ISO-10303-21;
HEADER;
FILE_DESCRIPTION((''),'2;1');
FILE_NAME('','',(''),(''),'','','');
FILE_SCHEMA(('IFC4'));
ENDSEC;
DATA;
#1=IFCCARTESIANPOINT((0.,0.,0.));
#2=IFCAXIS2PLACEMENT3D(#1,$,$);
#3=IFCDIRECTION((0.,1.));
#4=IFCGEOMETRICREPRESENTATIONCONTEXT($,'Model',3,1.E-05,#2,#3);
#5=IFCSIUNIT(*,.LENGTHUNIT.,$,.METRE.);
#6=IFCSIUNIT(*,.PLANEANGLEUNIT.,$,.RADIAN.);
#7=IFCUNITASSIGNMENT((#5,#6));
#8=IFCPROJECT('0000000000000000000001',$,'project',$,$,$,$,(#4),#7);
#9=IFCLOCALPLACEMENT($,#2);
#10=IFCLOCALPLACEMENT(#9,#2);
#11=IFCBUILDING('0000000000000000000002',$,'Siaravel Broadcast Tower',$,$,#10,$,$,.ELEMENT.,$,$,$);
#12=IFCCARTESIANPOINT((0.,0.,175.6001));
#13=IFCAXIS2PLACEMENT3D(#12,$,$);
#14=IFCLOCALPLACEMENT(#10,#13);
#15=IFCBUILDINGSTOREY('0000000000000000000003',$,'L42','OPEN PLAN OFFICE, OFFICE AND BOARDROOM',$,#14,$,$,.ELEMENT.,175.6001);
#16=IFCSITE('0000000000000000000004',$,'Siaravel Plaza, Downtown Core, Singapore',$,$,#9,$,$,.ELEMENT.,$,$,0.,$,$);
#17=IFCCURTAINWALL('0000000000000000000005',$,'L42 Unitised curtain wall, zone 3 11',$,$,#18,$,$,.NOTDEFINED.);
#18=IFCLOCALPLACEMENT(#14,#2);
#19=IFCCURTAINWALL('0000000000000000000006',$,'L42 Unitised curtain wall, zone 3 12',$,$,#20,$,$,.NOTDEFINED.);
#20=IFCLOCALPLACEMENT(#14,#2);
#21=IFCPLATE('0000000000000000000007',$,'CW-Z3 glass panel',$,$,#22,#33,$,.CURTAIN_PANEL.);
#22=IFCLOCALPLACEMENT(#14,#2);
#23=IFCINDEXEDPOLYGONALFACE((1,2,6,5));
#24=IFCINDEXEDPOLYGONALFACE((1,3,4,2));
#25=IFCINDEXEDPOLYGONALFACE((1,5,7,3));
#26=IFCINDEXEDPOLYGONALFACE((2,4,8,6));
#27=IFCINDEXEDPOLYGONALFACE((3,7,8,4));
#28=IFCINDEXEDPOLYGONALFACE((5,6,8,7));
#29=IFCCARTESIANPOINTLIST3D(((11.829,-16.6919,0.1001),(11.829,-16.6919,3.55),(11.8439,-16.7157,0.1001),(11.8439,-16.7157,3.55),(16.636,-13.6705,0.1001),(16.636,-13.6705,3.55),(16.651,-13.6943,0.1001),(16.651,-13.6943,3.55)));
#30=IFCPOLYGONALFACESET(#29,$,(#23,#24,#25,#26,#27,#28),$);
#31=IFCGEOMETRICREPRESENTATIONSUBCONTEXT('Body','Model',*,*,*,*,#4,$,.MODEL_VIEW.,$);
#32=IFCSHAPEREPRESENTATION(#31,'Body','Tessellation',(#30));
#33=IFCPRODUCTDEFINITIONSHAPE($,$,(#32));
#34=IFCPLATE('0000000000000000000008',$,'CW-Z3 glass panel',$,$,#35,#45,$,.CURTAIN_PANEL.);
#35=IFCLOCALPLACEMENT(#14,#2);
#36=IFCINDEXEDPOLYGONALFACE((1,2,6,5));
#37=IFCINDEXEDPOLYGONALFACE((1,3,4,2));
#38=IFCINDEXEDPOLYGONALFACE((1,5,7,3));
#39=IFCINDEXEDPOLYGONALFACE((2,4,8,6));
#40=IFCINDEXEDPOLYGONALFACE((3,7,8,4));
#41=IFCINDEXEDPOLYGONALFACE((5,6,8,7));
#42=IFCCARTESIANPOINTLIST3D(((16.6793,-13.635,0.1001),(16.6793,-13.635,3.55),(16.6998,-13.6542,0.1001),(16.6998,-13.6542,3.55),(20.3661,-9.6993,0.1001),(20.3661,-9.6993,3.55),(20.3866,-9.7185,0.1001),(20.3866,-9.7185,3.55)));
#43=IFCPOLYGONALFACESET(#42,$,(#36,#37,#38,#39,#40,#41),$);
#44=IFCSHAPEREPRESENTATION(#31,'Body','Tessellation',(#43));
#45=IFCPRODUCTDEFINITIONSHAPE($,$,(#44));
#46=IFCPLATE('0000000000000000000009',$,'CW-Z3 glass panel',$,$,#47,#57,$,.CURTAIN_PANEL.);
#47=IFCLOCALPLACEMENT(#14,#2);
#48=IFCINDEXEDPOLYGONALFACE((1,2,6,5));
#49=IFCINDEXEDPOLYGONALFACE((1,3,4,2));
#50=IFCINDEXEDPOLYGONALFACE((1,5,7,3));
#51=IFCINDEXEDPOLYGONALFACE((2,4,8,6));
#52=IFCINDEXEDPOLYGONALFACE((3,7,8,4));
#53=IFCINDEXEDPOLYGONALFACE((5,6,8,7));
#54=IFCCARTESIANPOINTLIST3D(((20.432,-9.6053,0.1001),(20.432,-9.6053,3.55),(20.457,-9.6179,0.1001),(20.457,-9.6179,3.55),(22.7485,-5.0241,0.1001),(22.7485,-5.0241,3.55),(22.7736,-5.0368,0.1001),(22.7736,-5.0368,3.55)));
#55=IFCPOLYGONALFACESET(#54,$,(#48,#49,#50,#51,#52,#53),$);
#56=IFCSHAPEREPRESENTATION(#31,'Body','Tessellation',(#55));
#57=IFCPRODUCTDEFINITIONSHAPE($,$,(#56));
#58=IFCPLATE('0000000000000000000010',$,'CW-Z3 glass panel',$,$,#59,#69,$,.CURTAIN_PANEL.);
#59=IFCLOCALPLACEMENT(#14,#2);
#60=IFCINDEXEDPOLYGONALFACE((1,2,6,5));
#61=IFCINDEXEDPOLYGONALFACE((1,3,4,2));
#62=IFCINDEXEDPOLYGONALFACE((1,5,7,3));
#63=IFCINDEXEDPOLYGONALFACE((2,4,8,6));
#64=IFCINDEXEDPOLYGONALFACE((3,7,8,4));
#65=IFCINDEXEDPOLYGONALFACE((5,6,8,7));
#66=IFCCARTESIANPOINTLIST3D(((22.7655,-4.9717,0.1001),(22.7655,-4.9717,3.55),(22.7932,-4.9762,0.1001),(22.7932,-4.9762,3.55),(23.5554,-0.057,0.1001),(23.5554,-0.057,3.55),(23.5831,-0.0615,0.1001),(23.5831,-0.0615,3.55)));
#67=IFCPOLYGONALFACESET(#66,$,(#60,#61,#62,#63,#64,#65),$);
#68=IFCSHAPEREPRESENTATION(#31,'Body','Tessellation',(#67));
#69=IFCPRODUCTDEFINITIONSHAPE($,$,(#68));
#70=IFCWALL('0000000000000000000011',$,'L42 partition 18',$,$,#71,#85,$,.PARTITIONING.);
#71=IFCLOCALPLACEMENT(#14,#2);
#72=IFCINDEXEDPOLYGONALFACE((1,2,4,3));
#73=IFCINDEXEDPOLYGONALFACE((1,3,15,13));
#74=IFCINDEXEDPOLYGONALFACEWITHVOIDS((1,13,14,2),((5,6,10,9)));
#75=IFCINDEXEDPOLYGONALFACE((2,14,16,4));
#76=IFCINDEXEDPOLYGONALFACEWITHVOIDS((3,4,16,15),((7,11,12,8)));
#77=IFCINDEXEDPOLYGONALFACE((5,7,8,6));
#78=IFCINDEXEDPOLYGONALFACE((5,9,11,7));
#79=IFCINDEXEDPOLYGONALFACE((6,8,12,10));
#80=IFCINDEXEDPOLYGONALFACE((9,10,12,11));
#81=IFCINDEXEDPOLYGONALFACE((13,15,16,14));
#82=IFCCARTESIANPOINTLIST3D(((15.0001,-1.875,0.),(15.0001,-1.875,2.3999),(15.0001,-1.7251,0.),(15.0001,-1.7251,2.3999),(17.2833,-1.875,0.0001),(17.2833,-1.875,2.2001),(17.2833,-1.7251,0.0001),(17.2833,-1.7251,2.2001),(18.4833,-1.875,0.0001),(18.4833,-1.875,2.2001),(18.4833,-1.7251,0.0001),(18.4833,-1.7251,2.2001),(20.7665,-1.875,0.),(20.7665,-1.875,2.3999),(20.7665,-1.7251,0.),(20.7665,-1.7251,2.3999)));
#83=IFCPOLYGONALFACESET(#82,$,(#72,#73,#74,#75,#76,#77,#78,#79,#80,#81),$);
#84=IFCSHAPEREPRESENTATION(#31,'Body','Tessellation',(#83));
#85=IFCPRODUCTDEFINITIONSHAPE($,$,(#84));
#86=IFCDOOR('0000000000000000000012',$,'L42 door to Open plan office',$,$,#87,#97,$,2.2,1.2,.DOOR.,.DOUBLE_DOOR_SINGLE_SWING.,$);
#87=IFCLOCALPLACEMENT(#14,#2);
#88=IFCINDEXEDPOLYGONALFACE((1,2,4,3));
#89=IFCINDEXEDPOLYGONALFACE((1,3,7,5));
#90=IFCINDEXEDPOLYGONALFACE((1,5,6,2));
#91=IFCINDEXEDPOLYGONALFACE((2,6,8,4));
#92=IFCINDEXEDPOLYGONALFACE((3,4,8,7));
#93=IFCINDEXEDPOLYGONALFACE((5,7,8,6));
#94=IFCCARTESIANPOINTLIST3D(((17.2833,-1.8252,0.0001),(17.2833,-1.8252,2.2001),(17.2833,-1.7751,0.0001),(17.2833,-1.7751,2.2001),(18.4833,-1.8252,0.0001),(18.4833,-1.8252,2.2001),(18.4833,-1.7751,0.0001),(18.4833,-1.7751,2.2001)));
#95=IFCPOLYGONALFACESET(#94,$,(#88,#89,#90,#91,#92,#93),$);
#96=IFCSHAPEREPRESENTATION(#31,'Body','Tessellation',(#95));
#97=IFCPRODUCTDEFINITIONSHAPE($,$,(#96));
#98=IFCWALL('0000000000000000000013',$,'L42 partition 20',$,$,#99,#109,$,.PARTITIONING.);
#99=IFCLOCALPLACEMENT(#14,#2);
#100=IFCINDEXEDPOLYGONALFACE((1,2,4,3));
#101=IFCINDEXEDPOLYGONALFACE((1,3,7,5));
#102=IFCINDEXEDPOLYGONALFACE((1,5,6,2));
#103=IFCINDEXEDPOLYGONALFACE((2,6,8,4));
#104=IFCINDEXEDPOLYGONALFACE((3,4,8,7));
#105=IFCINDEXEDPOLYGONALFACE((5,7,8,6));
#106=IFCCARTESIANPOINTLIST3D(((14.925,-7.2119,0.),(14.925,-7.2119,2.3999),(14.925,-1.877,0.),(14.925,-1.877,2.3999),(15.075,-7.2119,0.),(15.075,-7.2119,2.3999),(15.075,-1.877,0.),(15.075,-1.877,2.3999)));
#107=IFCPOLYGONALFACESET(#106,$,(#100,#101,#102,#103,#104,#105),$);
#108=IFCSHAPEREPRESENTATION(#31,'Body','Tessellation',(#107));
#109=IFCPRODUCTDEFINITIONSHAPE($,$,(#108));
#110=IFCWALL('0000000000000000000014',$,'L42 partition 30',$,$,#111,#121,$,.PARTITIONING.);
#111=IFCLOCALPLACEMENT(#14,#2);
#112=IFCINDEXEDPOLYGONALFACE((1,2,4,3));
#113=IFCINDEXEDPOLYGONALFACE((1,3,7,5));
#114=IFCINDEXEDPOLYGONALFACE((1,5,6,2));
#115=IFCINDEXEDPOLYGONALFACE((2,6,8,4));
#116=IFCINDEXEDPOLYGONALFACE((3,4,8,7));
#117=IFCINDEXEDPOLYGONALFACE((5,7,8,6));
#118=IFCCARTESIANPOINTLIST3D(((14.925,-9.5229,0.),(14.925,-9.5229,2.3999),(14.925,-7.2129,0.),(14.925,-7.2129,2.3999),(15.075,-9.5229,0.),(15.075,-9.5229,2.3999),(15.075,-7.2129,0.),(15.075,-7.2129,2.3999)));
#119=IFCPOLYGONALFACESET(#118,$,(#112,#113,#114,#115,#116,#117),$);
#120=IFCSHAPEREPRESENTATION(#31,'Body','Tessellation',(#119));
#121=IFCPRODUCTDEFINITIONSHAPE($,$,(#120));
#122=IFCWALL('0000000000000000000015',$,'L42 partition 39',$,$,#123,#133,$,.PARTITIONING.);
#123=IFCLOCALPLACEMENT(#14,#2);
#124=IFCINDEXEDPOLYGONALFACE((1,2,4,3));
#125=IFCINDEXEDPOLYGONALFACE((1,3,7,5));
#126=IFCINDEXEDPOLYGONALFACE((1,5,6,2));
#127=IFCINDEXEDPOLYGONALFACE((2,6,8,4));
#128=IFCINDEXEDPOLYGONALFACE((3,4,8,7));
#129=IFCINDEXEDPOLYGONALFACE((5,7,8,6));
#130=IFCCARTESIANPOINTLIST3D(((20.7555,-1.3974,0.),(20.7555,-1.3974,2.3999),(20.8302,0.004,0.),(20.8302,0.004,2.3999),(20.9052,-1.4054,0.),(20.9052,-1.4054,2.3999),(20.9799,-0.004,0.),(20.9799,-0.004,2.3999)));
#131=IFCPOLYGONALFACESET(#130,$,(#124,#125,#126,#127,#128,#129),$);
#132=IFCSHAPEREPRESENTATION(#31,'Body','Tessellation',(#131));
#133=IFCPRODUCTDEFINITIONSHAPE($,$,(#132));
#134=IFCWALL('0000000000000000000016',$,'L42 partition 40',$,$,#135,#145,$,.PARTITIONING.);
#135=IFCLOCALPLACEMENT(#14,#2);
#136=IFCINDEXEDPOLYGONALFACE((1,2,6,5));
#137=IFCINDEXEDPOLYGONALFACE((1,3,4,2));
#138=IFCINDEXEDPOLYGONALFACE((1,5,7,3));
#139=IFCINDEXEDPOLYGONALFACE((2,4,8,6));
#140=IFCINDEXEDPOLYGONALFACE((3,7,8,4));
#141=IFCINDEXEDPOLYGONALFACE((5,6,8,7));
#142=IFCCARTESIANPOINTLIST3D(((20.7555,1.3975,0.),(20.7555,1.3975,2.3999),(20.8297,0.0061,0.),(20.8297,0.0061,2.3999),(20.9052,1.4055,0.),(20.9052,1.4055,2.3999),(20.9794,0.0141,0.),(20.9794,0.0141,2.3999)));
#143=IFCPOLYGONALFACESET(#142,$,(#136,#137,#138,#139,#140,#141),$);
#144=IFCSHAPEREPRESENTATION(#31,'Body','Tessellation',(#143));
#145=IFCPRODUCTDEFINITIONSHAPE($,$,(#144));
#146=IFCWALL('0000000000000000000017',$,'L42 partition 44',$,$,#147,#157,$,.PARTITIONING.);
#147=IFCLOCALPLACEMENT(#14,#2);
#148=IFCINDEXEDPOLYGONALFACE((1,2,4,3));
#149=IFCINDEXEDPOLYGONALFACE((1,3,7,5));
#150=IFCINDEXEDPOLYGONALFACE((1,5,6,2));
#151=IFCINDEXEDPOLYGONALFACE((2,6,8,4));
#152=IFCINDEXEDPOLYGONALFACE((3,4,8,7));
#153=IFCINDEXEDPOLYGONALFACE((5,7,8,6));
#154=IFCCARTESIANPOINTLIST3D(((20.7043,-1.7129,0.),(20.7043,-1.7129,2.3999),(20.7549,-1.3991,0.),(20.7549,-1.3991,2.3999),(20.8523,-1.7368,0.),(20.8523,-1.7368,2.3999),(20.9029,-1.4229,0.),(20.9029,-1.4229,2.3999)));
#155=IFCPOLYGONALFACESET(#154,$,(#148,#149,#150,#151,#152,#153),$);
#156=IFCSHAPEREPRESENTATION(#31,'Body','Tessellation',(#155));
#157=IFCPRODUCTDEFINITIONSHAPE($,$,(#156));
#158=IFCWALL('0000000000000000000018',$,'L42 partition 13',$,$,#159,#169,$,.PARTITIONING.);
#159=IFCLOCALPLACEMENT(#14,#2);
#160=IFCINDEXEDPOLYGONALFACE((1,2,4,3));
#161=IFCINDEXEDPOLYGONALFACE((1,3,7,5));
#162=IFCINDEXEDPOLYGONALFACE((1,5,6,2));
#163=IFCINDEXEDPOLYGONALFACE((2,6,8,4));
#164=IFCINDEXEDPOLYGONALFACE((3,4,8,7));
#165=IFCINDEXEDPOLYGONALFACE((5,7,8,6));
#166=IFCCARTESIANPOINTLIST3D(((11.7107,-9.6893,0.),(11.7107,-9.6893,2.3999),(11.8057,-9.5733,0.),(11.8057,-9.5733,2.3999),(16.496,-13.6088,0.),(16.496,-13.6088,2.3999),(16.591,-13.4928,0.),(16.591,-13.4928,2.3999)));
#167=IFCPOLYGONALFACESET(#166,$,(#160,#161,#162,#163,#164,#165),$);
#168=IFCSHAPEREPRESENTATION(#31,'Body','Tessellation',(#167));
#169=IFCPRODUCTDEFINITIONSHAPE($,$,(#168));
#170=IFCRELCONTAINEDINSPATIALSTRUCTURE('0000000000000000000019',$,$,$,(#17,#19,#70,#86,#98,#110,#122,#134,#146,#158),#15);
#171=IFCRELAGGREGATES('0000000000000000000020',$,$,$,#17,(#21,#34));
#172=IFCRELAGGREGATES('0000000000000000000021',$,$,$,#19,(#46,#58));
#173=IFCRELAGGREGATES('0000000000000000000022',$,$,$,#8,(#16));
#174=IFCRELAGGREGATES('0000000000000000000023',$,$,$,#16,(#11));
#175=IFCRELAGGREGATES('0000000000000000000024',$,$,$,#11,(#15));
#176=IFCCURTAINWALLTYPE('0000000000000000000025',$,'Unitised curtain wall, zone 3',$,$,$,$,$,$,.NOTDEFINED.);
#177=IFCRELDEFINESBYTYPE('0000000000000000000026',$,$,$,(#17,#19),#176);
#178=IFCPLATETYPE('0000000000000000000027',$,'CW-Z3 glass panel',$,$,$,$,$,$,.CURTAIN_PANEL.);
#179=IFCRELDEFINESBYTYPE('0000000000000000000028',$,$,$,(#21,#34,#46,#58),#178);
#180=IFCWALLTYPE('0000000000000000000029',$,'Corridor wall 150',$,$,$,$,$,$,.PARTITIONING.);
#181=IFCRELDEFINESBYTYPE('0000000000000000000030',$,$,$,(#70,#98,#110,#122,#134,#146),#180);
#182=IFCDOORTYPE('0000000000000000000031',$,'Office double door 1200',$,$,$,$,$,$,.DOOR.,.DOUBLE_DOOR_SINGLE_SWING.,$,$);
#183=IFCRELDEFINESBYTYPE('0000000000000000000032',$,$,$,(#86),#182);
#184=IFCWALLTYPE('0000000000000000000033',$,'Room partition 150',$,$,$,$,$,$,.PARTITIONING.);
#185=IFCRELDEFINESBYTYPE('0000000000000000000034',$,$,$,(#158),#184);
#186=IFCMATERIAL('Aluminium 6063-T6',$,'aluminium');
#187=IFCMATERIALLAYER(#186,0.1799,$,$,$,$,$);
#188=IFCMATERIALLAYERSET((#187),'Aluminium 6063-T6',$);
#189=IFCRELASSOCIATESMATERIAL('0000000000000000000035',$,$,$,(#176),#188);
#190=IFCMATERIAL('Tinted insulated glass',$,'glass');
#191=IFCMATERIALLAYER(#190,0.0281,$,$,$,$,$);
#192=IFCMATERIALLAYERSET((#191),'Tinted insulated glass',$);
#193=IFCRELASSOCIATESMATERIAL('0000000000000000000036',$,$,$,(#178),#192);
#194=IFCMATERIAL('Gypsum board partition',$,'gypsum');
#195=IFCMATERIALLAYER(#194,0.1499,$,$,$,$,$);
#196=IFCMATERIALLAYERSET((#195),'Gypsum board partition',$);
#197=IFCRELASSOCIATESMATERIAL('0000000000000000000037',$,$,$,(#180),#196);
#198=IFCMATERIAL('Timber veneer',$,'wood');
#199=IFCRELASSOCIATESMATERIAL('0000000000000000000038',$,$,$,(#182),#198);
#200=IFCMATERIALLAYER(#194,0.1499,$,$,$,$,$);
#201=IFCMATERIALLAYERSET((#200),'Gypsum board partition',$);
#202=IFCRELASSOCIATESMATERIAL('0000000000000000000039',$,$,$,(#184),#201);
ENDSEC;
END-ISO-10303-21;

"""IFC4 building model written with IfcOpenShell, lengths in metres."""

from ifc_helpers import new_model, si_unit, direction, frame, frame_2d, origin, origin_2d, place, context, subcontext, project, spatial, rectangle, extrude, material, layer, layer_set, type_object, element, fill, aggregate, save


model = new_model("IFC4")

# Units and contexts
model_context = context("Model", 3, precision=1e-05, world=origin(), true_north=direction((0.0, 1.0)))
body_context = subcontext(model_context, "Body", "Model", "MODEL_VIEW")
ifc_project = project(units=[si_unit("LENGTHUNIT", "METRE"), si_unit("PLANEANGLEUNIT", "RADIAN")], contexts=[model_context])

# Site, building, storey
site_placement = place(None, origin())
site = spatial("IfcSite", under=ifc_project, at=site_placement, Name="Siaravel Plaza, Downtown Core, Singapore", CompositionType="ELEMENT", RefElevation=0.0)
building_placement = place(site_placement, origin())
building = spatial("IfcBuilding", under=site, at=building_placement, Name="Siaravel Broadcast Tower", CompositionType="ELEMENT")
storey_placement = place(building_placement, frame((0.0, 0.0, 175.6001)))
storey = spatial("IfcBuildingStorey", under=building, at=storey_placement, Name="L42", Description="OPEN PLAN OFFICE, OFFICE AND BOARDROOM", CompositionType="ELEMENT", Elevation=175.6001)

# Shared definitions
ifc_material_1 = material(Name="Aluminium 6063-T6", Category="aluminium")
ifc_layer_1 = layer(ifc_material_1, 0.1799)
ifc_layer_set_1 = layer_set([ifc_layer_1], Name="Aluminium 6063-T6")
curtain_wall_type = type_object("IfcCurtainWallType", Name="Unitised curtain wall, zone 3", PredefinedType="NOTDEFINED", material=ifc_layer_set_1)

# Curtain walls
curtain_wall_1_placement = place(storey_placement, origin())
curtain_wall_1 = element("IfcCurtainWall", 1, at=curtain_wall_1_placement, inside=storey, type_object=curtain_wall_type, Name="L42 Unitised curtain wall, zone 3 11", PredefinedType="NOTDEFINED")
curtain_wall_2_placement = place(storey_placement, origin())
curtain_wall_2 = element("IfcCurtainWall", 2, at=curtain_wall_2_placement, inside=storey, type_object=curtain_wall_type, Name="L42 Unitised curtain wall, zone 3 12", PredefinedType="NOTDEFINED")

# Plates
ifc_material_2 = material(Name="Tinted insulated glass", Category="glass")
ifc_layer_2 = layer(ifc_material_2, 0.0281)
ifc_layer_set_2 = layer_set([ifc_layer_2], Name="Tinted insulated glass")
plate_type = type_object("IfcPlateType", Name="CW-Z3 glass panel", PredefinedType="CURTAIN_PANEL", material=ifc_layer_set_2)
plate_1_placement = place(storey_placement, frame((14.24, -15.1931, 0.1001), z_axis=(0.0, 0.0, 1.0), x_axis=(0.846651, 0.532149, 0.0)))
plate_1 = element("IfcPlate", 3, at=plate_1_placement, type_object=plate_type, Name="CW-Z3 glass panel", PredefinedType="CURTAIN_PANEL", context=body_context, shape_type="SweptSolid", body=[
    extrude(rectangle(XDim=5.6777, YDim=0.0281, at=origin_2d()), origin(), (0.0, 0.0, 1.0), 3.45),
])
plate_2_placement = place(storey_placement, frame((18.533, -11.6768, 0.1001), z_axis=(0.0, 0.0, 1.0), x_axis=(0.683655, 0.729805, 0.0)))
plate_2 = element("IfcPlate", 4, at=plate_2_placement, type_object=plate_type, Name="CW-Z3 glass panel", PredefinedType="CURTAIN_PANEL", context=body_context, shape_type="SweptSolid", body=[
    extrude(rectangle(XDim=5.3928, YDim=0.0281, at=origin_2d()), origin(), (0.0, 0.0, 1.0), 3.45),
])
aggregate(curtain_wall_1, [plate_1, plate_2])
plate_3_placement = place(storey_placement, frame((21.6028, -7.321, 0.1001), z_axis=(0.0, 0.0, 1.0), x_axis=(0.451261, 0.892392, 0.0)))
plate_3 = element("IfcPlate", 5, at=plate_3_placement, type_object=plate_type, Name="CW-Z3 glass panel", PredefinedType="CURTAIN_PANEL", context=body_context, shape_type="SweptSolid", body=[
    extrude(rectangle(XDim=5.1335, YDim=0.0281, at=origin_2d()), origin(), (0.0, 0.0, 1.0), 3.45),
])
plate_4_placement = place(storey_placement, frame((23.1743, -2.5166, 0.1001), z_axis=(0.0, 0.0, 1.0), x_axis=(0.158686, 0.987329, 0.0)))
plate_4 = element("IfcPlate", 6, at=plate_4_placement, type_object=plate_type, Name="CW-Z3 glass panel", PredefinedType="CURTAIN_PANEL", context=body_context, shape_type="SweptSolid", body=[
    extrude(rectangle(XDim=4.9778, YDim=0.0281, at=origin_2d()), origin(), (0.0, 0.0, 1.0), 3.45),
])
aggregate(curtain_wall_2, [plate_3, plate_4])

# Wall, opening, door
ifc_material_3 = material(Name="Gypsum board partition", Category="gypsum")
ifc_layer_3 = layer(ifc_material_3, 0.1499)
ifc_layer_set_3 = layer_set([ifc_layer_3], Name="Gypsum board partition")
wall_type_1 = type_object("IfcWallType", Name="Corridor wall 150", PredefinedType="PARTITIONING", material=ifc_layer_set_3)
wall_1_placement = place(storey_placement, frame((15.0, -1.8, 0.0), z_axis=(0.0, 0.0, 1.0), x_axis=(1.0, 0.0, 0.0)))
wall_1 = element("IfcWall", 7, at=wall_1_placement, inside=storey, type_object=wall_type_1, Name="L42 partition 18", PredefinedType="PARTITIONING", context=body_context, shape_type="SweptSolid", body=[
    extrude(rectangle(XDim=5.7664, YDim=0.1499, at=frame_2d((2.8833, 0.0))), origin(), (0.0, 0.0, 1.0), 2.3999),
])
opening_placement = place(wall_1_placement, frame((2.2832, 0.0, 0.0)))
opening = element("IfcOpeningElement", 8, at=opening_placement, cuts=wall_1, PredefinedType="OPENING", context=body_context, shape_type="SweptSolid", body=[
    extrude(rectangle(XDim=1.2, YDim=2.2, at=frame_2d((0.6001, 1.1001))), frame((0.0, 0.085, 0.0), z_axis=(0.0, -1.0, 0.0), x_axis=(1.0, 0.0, 0.0)), (0.0, 0.0, 1.0), 0.1699),
])
ifc_material_4 = material(Name="Timber veneer", Category="wood")
door_type = type_object("IfcDoorType", Name="Office double door 1200", OperationType="DOUBLE_DOOR_SINGLE_SWING", PredefinedType="DOOR", material=ifc_material_4)
door_placement = place(opening_placement, origin())
door = element("IfcDoor", 9, at=door_placement, inside=storey, type_object=door_type, Name="L42 door to Open plan office", OperationType="DOUBLE_DOOR_SINGLE_SWING", OverallHeight=2.2, OverallWidth=1.2, PredefinedType="DOOR", context=body_context, shape_type="SweptSolid", body=[
    extrude(rectangle(XDim=1.2, YDim=2.2, at=frame_2d((0.6001, 1.1001))), frame((0.0, 0.0249, 0.0), z_axis=(0.0, -1.0, 0.0), x_axis=(1.0, 0.0, 0.0)), (0.0, 0.0, 1.0), 0.05),
])
fill(opening, door)

# Walls
wall_2_placement = place(storey_placement, frame((15.0, -7.2119, 0.0), z_axis=(0.0, 0.0, 1.0), x_axis=(0.0, 1.0, 0.0)))
element("IfcWall", 10, at=wall_2_placement, inside=storey, type_object=wall_type_1, Name="L42 partition 20", PredefinedType="PARTITIONING", context=body_context, shape_type="SweptSolid", body=[
    extrude(rectangle(XDim=5.335, YDim=0.1499, at=frame_2d((2.6675, 0.0))), origin(), (0.0, 0.0, 1.0), 2.3999),
])
wall_3_placement = place(storey_placement, frame((15.0, -9.5229, 0.0), z_axis=(0.0, 0.0, 1.0), x_axis=(0.0, 1.0, 0.0)))
element("IfcWall", 11, at=wall_3_placement, inside=storey, type_object=wall_type_1, Name="L42 partition 30", PredefinedType="PARTITIONING", context=body_context, shape_type="SweptSolid", body=[
    extrude(rectangle(XDim=2.3101, YDim=0.1499, at=frame_2d((1.155, 0.0))), origin(), (0.0, 0.0, 1.0), 2.3999),
])
wall_4_placement = place(storey_placement, frame((20.8303, -1.4014, 0.0), z_axis=(0.0, 0.0, 1.0), x_axis=(0.053235, 0.998582, 0.0)))
element("IfcWall", 12, at=wall_4_placement, inside=storey, type_object=wall_type_1, Name="L42 partition 39", PredefinedType="PARTITIONING", context=body_context, shape_type="SweptSolid", body=[
    extrude(rectangle(XDim=1.4033, YDim=0.1499, at=frame_2d((0.7017, 0.0))), origin(), (0.0, 0.0, 1.0), 2.3999),
])
wall_5_placement = place(storey_placement, frame((20.9045, 0.01, 0.0), z_axis=(0.0, 0.0, 1.0), x_axis=(-0.053267, 0.99858, 0.0)))
element("IfcWall", 13, at=wall_5_placement, inside=storey, type_object=wall_type_1, Name="L42 partition 40", PredefinedType="PARTITIONING", context=body_context, shape_type="SweptSolid", body=[
    extrude(rectangle(XDim=1.3933, YDim=0.1499, at=frame_2d((0.6968, 0.0))), origin(), (0.0, 0.0, 1.0), 2.3999),
])
wall_6_placement = place(storey_placement, frame((20.7783, -1.7249, 0.0), z_axis=(0.0, 0.0, 1.0), x_axis=(0.159039, 0.987272, 0.0)))
element("IfcWall", 14, at=wall_6_placement, inside=storey, type_object=wall_type_1, Name="L42 partition 44", PredefinedType="PARTITIONING", context=body_context, shape_type="SweptSolid", body=[
    extrude(rectangle(XDim=0.3179, YDim=0.1499, at=frame_2d((0.1589, 0.0))), origin(), (0.0, 0.0, 1.0), 2.3999),
])
ifc_layer_4 = layer(ifc_material_3, 0.1499)
ifc_layer_set_4 = layer_set([ifc_layer_4], Name="Gypsum board partition")
wall_type_2 = type_object("IfcWallType", Name="Room partition 150", PredefinedType="PARTITIONING", material=ifc_layer_set_4)
wall_7_placement = place(storey_placement, frame((16.5435, -13.5508, 0.0), z_axis=(0.0, 0.0, 1.0), x_axis=(-0.773616, 0.633655, 0.0)))
element("IfcWall", 15, at=wall_7_placement, inside=storey, type_object=wall_type_2, Name="L42 partition 13", PredefinedType="PARTITIONING", context=body_context, shape_type="SweptSolid", body=[
    extrude(rectangle(XDim=6.1855, YDim=0.1499, at=frame_2d((3.0928, 0.0))), origin(), (0.0, 0.0, 1.0), 2.3999),
])

save(model, "model.ifc")
